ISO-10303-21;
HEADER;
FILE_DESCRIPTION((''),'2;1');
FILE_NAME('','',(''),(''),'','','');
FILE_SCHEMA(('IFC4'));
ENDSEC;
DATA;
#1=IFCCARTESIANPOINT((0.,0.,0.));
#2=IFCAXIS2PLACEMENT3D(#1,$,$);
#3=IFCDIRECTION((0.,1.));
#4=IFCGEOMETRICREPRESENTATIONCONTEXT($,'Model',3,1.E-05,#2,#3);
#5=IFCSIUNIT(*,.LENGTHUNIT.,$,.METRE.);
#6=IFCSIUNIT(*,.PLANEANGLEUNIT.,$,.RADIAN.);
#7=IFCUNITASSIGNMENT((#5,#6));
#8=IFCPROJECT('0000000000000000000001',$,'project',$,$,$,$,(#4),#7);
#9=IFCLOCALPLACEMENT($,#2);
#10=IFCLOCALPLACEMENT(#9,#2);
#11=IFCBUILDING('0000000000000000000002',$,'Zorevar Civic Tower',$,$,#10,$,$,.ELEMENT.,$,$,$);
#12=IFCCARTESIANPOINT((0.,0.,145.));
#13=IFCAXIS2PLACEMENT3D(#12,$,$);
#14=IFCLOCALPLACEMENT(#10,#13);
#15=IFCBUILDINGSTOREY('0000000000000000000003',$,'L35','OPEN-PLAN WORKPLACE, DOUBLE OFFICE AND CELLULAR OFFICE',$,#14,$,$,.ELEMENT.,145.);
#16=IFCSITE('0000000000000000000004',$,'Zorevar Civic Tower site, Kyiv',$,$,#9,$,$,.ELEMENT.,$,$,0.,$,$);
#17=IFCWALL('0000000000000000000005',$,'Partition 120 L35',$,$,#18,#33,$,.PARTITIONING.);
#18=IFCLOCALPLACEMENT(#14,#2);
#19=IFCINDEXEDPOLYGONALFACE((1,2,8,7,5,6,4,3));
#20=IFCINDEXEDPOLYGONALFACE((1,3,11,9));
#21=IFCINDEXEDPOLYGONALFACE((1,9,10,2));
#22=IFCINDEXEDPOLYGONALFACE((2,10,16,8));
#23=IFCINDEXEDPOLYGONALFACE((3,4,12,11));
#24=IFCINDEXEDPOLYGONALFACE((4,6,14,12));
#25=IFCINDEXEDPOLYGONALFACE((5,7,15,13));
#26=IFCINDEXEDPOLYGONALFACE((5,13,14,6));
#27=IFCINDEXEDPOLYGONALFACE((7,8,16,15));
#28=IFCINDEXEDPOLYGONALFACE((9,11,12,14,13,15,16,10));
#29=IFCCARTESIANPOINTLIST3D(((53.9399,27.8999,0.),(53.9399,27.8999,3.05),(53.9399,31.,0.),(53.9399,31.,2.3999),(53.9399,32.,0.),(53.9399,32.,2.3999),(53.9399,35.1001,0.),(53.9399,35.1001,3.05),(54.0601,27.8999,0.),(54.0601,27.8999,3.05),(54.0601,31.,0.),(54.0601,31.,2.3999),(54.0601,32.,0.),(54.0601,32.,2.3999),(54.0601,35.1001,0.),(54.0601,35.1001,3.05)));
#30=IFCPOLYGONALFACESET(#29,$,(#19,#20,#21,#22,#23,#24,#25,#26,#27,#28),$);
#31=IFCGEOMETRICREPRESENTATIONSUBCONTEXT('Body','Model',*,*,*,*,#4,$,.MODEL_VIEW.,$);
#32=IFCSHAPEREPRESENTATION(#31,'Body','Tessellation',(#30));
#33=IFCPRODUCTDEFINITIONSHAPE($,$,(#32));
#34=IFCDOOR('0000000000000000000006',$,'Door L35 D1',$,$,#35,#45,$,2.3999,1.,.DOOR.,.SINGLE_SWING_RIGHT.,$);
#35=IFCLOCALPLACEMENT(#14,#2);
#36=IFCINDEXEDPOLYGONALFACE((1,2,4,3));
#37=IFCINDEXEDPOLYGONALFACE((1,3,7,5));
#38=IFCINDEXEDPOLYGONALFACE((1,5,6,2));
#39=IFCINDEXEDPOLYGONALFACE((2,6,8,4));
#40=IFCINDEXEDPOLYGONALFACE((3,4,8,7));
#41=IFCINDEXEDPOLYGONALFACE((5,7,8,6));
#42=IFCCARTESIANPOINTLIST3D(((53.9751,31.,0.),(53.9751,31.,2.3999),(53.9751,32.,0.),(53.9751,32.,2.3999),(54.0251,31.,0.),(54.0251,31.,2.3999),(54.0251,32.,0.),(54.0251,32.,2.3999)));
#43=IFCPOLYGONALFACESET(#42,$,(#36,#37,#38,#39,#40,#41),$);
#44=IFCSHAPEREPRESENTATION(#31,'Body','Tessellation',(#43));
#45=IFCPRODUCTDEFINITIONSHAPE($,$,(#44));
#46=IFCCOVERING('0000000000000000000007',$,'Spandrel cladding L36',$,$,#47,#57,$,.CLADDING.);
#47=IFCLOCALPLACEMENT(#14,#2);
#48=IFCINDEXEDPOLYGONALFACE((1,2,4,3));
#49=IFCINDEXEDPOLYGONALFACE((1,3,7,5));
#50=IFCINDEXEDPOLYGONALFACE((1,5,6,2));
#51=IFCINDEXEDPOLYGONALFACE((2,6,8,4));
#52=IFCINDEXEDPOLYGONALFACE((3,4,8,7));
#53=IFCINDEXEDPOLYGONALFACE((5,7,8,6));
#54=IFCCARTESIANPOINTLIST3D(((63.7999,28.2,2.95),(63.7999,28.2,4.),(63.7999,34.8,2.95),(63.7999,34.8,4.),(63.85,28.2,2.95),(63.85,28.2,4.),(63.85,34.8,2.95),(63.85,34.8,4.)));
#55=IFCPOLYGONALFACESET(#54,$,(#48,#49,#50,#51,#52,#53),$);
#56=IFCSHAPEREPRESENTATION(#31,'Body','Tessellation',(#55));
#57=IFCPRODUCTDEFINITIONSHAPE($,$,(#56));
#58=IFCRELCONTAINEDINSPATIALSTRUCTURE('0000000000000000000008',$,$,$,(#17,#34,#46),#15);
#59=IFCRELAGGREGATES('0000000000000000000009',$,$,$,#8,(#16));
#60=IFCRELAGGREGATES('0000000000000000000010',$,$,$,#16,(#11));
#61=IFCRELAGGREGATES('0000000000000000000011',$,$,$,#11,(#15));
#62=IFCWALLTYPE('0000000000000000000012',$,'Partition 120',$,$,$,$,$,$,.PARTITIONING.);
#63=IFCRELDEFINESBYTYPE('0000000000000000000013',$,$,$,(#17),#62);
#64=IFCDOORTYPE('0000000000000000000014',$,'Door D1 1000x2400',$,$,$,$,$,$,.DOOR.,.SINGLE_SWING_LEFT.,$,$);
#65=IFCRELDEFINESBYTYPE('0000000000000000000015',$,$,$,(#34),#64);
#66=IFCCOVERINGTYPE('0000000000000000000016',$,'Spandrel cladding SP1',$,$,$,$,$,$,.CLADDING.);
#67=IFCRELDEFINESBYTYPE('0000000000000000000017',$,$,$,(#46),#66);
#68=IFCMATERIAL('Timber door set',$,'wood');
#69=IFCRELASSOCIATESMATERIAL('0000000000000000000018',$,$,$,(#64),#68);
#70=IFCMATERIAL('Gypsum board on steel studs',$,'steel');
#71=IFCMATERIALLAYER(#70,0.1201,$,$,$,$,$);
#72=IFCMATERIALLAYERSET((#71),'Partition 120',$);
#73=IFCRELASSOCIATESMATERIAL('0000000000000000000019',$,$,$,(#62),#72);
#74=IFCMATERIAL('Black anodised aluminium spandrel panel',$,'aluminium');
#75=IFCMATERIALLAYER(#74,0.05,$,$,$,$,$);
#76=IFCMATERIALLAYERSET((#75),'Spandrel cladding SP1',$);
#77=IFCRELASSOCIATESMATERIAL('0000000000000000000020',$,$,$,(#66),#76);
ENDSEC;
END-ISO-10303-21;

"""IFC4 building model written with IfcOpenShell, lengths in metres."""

from ifc_helpers import new_model, si_unit, direction, frame, frame_2d, origin, place, context, subcontext, project, spatial, rectangle, extrude, material, layer, layer_set, type_object, element, fill, save


model = new_model("IFC4")

# Units and contexts
model_context = context("Model", 3, precision=1e-05, world=origin(), true_north=direction((0.0, 1.0)))
body_context = subcontext(model_context, "Body", "Model", "MODEL_VIEW")
ifc_project = project(units=[si_unit("LENGTHUNIT", "METRE"), si_unit("PLANEANGLEUNIT", "RADIAN")], contexts=[model_context])

# Site, building, storey
site_placement = place(None, origin())
site = spatial("IfcSite", under=ifc_project, at=site_placement, Name="Zorevar Civic Tower site, Kyiv", CompositionType="ELEMENT", RefElevation=0.0)
building_placement = place(site_placement, origin())
building = spatial("IfcBuilding", under=site, at=building_placement, Name="Zorevar Civic Tower", CompositionType="ELEMENT")
storey_placement = place(building_placement, frame((0.0, 0.0, 145.0)))
storey = spatial("IfcBuildingStorey", under=building, at=storey_placement, Name="L35", Description="OPEN-PLAN WORKPLACE, DOUBLE OFFICE AND CELLULAR OFFICE", CompositionType="ELEMENT", Elevation=145.0)

# Shared definitions
ifc_material_1 = material(Name="Timber door set", Category="wood")
door_type_1 = type_object("IfcDoorType", Name="Door D1 1000x2400", OperationType="SINGLE_SWING_LEFT", PredefinedType="DOOR", material=ifc_material_1)

# Shared definitions
ifc_material_2 = material(Name="Gypsum board on steel studs", Category="steel")
ifc_layer_1 = layer(ifc_material_2, 0.1201)
ifc_layer_set_1 = layer_set([ifc_layer_1], Name="Partition 120")
wall_type_1 = type_object("IfcWallType", Name="Partition 120", PredefinedType="PARTITIONING", material=ifc_layer_set_1)

# Wall, opening, door
wall_1_placement = place(storey_placement, frame((54.0, 27.8999, 0.0), z_axis=(0.0, 0.0, 1.0), x_axis=(0.0, 1.0, 0.0)))
wall_1 = element("IfcWall", 1, at=wall_1_placement, inside=storey, type_object=wall_type_1, Name="Partition 120 L35", PredefinedType="PARTITIONING", context=body_context, shape_type="SweptSolid", body=[
    extrude(rectangle(XDim=7.2002, YDim=0.1201, at=frame_2d((3.6001, 0.0))), origin(), (0.0, 0.0, 1.0), 3.05),
])
opening_1_placement = place(wall_1_placement, frame((3.1001, 0.0, 0.0)))
opening_1 = element("IfcOpeningElement", 2, at=opening_1_placement, cuts=wall_1, PredefinedType="OPENING", context=body_context, shape_type="SweptSolid", body=[
    extrude(rectangle(XDim=1.0, YDim=2.3999, at=frame_2d((0.5, 1.2))), frame((0.0, 0.0701, 0.0), z_axis=(0.0, -1.0, 0.0), x_axis=(1.0, 0.0, 0.0)), (0.0, 0.0, 1.0), 0.1401),
])
door_1_placement = place(opening_1_placement, origin())
door_1 = element("IfcDoor", 3, at=door_1_placement, inside=storey, type_object=door_type_1, Name="Door L35 D1", OperationType="SINGLE_SWING_RIGHT", OverallHeight=2.3999, OverallWidth=1.0, PredefinedType="DOOR", context=body_context, shape_type="SweptSolid", body=[
    extrude(rectangle(XDim=1.0, YDim=2.3999, at=frame_2d((0.5, 1.2))), frame((0.0, 0.0249, 0.0), z_axis=(0.0, -1.0, 0.0), x_axis=(1.0, 0.0, 0.0)), (0.0, 0.0, 1.0), 0.05),
])
fill(opening_1, door_1)

# Covering
ifc_material_3 = material(Name="Black anodised aluminium spandrel panel", Category="aluminium")
ifc_layer_2 = layer(ifc_material_3, 0.05)
ifc_layer_set_2 = layer_set([ifc_layer_2], Name="Spandrel cladding SP1")
covering_type = type_object("IfcCoveringType", Name="Spandrel cladding SP1", PredefinedType="CLADDING", material=ifc_layer_set_2)
covering_placement = place(storey_placement, frame((63.825, 28.2, 2.95), z_axis=(0.0, 0.0, 1.0), x_axis=(0.0, 1.0, 0.0)))
element("IfcCovering", 4, at=covering_placement, inside=storey, type_object=covering_type, Name="Spandrel cladding L36", PredefinedType="CLADDING", context=body_context, shape_type="SweptSolid", body=[
    extrude(rectangle(XDim=6.6001, YDim=0.05, at=frame_2d((3.3, 0.0))), origin(), (0.0, 0.0, 1.0), 1.05),
])

save(model, "model.ifc")
